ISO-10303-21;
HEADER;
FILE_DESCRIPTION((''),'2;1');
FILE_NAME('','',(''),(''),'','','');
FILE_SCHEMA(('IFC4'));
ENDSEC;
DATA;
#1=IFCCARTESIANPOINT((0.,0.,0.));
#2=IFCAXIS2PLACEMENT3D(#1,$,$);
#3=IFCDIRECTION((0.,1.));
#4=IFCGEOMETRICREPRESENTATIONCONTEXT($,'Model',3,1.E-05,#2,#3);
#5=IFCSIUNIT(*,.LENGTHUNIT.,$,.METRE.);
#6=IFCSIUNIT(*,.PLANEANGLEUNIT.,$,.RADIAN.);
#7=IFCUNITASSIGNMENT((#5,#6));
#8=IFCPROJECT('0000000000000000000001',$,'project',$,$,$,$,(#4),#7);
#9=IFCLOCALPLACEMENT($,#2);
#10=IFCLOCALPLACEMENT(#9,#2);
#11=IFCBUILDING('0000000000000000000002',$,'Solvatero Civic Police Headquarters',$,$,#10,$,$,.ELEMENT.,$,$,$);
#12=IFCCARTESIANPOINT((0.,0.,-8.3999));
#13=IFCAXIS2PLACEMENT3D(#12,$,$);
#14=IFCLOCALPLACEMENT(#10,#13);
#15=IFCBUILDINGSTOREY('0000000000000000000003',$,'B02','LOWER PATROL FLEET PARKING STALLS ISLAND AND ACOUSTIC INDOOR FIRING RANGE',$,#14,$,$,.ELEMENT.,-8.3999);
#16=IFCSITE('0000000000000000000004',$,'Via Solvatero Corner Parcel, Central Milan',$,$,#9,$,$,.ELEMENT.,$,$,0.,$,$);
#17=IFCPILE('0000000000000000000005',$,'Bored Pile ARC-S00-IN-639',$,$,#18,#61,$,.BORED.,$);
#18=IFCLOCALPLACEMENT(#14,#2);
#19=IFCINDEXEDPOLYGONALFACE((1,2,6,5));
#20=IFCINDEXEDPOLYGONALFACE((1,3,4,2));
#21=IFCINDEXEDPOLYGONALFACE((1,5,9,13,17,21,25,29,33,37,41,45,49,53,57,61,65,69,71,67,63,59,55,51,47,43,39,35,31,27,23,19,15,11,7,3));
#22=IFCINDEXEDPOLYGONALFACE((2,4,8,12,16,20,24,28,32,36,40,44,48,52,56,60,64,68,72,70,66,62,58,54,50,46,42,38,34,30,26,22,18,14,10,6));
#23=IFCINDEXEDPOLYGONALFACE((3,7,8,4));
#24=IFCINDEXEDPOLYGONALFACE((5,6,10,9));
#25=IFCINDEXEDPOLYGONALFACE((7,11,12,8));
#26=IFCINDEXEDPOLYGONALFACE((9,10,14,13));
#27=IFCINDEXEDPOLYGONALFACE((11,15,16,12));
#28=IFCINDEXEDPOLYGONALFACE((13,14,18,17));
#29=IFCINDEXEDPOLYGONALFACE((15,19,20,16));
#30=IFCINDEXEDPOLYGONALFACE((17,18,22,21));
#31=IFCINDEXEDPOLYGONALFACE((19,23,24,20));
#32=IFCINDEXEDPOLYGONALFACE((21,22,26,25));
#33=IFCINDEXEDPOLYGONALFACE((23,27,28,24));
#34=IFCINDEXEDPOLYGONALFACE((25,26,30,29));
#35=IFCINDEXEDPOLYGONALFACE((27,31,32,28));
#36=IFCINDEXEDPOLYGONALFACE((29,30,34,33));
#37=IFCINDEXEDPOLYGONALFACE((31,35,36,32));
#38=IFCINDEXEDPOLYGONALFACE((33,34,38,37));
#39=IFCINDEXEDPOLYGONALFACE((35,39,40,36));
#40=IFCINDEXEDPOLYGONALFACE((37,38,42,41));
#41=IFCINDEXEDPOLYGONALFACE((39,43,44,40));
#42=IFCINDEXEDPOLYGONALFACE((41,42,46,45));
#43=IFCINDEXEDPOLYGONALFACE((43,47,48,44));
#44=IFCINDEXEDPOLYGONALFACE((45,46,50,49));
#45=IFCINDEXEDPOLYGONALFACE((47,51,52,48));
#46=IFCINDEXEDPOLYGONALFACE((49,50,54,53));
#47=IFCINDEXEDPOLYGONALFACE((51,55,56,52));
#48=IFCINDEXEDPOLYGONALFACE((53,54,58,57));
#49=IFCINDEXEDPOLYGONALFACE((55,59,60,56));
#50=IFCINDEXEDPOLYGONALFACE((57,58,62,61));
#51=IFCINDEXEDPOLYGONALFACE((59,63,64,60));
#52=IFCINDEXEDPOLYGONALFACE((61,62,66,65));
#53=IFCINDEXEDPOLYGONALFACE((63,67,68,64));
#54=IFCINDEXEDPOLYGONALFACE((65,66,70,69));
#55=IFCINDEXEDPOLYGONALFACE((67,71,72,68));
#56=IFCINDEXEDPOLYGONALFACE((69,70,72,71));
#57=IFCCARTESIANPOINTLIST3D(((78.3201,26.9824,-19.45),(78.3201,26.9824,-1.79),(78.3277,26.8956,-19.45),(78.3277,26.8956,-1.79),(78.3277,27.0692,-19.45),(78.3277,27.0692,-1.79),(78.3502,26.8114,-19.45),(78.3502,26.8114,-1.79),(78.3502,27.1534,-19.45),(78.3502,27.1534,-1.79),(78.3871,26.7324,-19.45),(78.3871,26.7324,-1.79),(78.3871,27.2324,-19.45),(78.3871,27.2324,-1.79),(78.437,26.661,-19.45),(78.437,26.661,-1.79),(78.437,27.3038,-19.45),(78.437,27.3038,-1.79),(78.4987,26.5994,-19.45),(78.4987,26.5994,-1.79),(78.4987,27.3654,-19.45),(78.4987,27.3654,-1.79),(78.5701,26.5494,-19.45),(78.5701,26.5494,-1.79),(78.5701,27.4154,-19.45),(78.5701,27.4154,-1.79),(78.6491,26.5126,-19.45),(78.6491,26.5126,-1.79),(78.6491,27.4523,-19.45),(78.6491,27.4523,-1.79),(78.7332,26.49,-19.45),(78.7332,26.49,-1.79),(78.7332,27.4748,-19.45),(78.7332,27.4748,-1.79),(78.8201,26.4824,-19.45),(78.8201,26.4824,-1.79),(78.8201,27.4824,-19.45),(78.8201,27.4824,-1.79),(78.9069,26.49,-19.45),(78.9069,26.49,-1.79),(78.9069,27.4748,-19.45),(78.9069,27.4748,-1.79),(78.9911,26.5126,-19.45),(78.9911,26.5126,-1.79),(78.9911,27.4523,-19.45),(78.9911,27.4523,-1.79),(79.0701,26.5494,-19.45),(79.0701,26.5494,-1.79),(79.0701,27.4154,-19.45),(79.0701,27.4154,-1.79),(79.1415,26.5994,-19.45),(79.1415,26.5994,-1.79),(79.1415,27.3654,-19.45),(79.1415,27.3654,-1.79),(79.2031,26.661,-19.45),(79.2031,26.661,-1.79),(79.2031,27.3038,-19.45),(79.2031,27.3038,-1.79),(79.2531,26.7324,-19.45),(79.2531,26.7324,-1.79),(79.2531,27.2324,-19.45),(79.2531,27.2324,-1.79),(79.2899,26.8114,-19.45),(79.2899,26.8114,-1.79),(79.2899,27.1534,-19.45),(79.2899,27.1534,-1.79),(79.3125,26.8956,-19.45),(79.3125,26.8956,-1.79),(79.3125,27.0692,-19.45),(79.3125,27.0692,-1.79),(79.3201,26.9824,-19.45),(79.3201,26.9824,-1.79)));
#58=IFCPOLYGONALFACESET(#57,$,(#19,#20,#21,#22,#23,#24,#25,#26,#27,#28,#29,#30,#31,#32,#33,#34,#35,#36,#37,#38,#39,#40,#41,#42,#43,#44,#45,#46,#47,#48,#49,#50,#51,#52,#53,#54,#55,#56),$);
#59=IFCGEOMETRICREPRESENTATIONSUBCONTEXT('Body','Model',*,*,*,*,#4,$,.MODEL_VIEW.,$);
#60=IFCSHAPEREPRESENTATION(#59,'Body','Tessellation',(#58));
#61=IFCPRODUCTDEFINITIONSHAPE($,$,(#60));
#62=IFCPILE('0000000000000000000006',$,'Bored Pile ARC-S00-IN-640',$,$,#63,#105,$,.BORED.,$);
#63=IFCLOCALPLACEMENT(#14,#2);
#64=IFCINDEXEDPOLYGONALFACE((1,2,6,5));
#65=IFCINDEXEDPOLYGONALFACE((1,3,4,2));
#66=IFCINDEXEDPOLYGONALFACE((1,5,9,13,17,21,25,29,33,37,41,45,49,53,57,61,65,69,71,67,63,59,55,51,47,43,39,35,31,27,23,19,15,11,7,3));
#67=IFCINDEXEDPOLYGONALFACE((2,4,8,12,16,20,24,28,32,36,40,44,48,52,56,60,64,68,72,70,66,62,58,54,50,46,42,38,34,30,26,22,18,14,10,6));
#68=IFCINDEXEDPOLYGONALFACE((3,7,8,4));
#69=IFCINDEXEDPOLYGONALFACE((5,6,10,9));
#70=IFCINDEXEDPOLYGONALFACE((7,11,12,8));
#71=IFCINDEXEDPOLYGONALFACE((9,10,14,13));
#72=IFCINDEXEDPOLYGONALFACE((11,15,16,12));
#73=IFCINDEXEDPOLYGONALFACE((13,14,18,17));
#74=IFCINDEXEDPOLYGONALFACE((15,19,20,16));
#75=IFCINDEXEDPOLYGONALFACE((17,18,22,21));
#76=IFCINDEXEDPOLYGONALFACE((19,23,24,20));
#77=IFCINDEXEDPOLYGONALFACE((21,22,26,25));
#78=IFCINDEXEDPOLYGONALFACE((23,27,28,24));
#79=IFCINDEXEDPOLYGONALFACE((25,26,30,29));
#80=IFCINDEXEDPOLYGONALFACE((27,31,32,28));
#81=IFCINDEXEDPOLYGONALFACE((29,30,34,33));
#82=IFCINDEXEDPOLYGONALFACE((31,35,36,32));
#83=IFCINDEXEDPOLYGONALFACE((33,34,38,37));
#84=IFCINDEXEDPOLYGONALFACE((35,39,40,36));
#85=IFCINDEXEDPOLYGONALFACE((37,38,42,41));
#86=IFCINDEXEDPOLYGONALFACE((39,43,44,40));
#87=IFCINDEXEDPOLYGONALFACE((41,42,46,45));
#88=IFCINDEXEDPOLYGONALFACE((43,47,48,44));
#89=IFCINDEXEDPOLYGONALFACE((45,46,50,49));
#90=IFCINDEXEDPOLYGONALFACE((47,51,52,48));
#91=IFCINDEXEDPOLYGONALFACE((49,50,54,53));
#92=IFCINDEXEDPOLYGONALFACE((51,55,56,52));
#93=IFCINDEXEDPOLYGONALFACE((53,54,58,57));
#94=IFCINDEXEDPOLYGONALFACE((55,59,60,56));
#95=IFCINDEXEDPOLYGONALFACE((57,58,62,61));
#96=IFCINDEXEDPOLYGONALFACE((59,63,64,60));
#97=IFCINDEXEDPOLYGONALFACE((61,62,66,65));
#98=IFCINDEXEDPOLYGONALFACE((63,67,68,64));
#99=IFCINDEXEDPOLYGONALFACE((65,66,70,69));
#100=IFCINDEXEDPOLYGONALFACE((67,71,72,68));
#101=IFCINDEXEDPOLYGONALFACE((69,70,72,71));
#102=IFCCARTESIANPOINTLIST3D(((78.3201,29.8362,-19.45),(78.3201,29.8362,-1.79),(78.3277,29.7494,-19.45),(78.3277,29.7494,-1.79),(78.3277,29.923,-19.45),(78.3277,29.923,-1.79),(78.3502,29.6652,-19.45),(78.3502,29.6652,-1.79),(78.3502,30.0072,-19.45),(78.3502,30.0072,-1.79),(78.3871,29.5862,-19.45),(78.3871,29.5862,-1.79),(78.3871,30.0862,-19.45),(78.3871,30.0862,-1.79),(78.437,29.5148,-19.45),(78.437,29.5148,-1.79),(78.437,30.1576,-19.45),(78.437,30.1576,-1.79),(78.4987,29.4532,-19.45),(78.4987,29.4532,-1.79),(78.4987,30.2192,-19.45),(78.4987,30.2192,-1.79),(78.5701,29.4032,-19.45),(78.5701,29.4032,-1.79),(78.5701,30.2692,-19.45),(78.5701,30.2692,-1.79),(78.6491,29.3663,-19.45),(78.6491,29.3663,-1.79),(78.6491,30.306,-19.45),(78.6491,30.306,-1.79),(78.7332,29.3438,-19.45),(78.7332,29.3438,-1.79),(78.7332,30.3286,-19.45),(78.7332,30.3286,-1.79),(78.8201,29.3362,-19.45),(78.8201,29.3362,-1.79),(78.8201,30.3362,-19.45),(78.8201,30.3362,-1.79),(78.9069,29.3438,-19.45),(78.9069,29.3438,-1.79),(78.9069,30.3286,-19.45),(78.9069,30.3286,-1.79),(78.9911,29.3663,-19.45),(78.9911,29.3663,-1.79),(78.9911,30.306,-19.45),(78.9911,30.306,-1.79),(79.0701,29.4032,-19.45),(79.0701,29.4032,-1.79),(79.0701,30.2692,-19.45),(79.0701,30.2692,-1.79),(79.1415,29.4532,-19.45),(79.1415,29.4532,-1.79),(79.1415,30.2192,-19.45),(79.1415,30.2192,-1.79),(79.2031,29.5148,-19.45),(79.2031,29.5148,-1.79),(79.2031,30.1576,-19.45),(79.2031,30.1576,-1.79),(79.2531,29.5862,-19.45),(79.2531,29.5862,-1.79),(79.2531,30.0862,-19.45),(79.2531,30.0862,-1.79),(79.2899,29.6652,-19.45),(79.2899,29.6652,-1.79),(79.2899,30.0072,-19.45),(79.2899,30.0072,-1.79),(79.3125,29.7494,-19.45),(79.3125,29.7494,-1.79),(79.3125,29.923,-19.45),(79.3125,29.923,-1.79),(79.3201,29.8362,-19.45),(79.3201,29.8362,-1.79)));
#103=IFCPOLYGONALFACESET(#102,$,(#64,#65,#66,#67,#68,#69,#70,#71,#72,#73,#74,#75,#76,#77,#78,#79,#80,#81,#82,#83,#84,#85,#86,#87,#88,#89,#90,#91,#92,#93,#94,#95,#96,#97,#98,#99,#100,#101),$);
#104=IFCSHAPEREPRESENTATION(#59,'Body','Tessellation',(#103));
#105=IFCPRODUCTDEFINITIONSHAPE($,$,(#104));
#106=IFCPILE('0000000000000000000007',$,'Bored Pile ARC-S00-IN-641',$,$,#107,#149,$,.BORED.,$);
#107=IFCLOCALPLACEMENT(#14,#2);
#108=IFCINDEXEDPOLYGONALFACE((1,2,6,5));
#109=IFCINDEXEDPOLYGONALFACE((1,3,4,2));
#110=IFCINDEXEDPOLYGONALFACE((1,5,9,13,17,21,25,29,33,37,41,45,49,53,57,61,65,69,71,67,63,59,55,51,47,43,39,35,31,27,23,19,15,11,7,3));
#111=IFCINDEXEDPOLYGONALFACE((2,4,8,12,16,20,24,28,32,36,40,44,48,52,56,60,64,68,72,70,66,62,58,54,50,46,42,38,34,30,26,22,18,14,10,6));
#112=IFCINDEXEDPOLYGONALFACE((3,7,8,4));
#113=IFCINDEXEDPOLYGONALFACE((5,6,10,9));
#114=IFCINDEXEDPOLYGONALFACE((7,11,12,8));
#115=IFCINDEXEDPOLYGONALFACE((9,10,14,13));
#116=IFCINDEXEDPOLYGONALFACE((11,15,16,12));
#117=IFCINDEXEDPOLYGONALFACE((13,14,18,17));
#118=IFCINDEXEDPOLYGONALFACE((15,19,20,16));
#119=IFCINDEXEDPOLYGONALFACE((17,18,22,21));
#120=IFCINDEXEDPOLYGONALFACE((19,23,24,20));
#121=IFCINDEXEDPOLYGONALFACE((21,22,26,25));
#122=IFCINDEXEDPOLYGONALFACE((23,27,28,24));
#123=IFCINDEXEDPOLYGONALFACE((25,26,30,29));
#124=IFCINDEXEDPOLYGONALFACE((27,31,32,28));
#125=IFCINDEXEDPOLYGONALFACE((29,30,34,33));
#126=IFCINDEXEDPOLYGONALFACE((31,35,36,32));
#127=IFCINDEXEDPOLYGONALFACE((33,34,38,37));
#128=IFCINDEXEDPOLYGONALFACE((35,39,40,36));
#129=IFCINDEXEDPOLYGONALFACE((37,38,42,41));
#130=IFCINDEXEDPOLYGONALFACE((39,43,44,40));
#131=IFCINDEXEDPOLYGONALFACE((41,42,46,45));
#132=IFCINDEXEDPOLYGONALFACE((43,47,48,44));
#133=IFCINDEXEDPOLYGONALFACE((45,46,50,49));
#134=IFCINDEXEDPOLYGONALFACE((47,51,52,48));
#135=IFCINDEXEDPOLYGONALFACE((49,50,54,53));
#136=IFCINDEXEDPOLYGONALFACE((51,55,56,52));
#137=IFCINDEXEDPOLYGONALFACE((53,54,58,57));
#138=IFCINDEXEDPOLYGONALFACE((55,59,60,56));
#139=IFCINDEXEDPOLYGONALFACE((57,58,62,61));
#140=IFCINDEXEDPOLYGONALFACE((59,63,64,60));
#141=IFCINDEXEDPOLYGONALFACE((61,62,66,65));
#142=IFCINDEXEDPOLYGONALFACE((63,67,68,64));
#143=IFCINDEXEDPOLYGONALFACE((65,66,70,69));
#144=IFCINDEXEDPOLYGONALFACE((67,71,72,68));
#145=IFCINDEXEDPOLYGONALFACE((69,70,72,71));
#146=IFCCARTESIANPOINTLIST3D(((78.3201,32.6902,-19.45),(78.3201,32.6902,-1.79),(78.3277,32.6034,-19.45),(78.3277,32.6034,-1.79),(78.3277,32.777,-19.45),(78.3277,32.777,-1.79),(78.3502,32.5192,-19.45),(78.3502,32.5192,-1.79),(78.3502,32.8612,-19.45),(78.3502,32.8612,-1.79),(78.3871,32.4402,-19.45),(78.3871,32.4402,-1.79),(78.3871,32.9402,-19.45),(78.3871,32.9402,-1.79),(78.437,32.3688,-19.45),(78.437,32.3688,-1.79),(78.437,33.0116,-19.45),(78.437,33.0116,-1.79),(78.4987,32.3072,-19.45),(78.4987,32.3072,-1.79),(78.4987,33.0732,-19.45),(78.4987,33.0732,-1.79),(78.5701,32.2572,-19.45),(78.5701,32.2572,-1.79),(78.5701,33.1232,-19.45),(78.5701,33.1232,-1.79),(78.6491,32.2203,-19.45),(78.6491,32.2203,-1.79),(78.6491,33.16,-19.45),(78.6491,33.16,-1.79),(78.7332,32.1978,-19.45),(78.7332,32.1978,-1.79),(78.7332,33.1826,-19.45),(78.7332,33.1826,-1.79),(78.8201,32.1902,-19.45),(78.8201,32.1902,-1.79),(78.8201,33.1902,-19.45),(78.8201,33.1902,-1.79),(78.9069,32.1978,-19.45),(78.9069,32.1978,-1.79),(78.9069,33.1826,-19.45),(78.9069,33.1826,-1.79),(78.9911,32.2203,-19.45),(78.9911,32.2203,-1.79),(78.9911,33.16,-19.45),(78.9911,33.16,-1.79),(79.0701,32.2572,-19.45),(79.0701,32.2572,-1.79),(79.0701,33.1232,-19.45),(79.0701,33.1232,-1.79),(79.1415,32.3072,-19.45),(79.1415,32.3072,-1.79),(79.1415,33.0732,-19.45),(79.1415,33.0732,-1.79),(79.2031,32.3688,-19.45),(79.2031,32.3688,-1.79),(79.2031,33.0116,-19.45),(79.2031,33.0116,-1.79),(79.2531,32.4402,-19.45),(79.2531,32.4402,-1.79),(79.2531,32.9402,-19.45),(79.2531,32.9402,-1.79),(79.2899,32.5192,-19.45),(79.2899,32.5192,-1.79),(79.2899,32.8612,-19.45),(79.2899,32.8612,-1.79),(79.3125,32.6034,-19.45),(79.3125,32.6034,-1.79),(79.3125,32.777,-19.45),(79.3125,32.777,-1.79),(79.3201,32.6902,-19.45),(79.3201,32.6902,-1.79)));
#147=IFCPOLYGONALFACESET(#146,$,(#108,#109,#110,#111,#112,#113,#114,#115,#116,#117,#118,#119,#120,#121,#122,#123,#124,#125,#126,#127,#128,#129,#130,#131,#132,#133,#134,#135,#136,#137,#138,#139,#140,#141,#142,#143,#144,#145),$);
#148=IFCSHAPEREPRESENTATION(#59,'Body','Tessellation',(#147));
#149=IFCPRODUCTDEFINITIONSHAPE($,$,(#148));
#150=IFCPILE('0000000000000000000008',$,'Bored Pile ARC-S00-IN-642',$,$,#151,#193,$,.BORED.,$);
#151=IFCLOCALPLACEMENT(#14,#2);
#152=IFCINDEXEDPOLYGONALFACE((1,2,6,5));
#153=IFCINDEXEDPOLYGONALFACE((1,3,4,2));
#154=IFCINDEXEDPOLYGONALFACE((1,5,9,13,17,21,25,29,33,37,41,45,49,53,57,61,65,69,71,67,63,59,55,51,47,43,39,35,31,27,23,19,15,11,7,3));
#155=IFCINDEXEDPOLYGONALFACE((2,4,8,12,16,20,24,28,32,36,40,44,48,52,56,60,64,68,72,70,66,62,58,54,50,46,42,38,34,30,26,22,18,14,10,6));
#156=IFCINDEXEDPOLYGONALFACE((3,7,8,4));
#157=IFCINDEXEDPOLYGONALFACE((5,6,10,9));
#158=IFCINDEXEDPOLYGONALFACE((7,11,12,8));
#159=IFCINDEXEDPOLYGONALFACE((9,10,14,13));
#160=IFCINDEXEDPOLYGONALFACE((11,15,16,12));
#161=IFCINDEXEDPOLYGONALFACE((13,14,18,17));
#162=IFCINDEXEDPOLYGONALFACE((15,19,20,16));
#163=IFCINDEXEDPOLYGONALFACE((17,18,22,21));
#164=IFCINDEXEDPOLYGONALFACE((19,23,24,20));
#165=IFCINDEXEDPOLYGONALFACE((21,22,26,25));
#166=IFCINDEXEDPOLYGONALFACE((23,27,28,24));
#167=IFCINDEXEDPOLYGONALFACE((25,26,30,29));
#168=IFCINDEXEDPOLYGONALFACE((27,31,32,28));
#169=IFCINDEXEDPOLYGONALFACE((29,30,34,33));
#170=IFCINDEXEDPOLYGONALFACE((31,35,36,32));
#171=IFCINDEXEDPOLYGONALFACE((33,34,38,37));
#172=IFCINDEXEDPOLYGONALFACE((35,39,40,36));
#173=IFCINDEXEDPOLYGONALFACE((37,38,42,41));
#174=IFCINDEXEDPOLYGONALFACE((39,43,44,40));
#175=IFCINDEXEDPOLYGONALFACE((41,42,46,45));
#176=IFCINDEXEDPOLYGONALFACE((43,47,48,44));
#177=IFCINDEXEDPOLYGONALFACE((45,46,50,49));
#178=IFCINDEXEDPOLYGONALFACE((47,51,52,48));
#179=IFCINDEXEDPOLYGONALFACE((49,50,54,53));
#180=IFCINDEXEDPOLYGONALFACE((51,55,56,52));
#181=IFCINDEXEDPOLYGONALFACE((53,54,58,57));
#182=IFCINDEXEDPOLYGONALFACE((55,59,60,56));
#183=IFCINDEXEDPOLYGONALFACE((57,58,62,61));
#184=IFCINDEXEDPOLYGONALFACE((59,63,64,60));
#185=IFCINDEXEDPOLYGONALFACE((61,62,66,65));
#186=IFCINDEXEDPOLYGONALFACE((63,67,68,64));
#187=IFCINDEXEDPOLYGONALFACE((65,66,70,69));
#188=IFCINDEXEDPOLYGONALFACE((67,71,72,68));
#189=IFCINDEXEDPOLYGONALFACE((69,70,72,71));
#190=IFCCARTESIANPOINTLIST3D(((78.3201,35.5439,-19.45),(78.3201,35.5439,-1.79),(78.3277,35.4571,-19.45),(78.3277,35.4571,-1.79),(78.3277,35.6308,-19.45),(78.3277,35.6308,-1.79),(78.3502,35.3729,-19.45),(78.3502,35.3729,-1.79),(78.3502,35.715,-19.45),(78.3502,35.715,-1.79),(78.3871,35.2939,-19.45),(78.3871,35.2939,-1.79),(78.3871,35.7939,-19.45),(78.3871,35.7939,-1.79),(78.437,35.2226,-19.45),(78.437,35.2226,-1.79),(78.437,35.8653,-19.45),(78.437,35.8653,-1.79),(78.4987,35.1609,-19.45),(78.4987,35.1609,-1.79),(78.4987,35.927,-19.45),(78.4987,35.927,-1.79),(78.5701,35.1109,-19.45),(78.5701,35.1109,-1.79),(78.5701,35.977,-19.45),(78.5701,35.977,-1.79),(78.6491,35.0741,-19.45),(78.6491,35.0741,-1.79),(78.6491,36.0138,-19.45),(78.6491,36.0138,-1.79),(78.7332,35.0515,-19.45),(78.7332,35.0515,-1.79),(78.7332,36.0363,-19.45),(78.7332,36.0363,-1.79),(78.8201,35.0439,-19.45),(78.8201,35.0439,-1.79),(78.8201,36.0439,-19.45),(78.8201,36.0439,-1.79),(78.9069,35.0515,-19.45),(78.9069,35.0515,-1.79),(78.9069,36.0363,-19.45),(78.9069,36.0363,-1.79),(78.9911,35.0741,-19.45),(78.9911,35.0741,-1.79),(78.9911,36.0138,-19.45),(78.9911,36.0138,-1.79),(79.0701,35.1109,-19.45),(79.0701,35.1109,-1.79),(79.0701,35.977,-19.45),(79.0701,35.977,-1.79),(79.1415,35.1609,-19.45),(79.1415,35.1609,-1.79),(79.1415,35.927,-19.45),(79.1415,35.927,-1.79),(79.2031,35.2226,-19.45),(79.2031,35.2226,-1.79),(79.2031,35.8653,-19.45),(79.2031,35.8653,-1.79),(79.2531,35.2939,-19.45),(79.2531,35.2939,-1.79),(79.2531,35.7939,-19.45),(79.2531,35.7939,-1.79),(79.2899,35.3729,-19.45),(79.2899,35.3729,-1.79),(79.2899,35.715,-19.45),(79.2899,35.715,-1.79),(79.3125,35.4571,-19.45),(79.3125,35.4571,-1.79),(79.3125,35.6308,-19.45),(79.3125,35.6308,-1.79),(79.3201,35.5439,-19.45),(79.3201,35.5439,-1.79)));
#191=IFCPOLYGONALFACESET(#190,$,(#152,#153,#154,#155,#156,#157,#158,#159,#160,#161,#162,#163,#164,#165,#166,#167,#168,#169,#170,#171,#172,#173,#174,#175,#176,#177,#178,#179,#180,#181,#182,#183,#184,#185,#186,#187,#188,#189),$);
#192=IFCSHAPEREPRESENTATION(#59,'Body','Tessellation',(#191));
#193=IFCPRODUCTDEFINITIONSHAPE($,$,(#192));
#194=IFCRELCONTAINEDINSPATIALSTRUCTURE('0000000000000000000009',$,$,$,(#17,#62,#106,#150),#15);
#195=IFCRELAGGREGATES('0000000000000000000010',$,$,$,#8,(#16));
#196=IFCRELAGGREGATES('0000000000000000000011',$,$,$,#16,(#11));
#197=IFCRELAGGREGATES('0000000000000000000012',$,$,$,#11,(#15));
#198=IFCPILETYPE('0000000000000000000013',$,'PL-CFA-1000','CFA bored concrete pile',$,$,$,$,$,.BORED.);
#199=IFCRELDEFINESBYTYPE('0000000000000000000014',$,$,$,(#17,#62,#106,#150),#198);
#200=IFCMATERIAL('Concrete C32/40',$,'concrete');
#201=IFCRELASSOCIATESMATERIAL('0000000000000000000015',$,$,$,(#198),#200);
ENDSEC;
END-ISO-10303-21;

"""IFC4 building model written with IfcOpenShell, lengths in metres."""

from ifc_helpers import new_model, si_unit, direction, frame, origin, origin_2d, place, context, subcontext, project, spatial, circle, extrude, material, material_profile, profile_set, type_object, element, save


model = new_model("IFC4")

# Units and contexts
model_context = context("Model", 3, precision=1e-05, world=origin(), true_north=direction((0.0, 1.0)))
body_context = subcontext(model_context, "Body", "Model", "MODEL_VIEW")
ifc_project = project(units=[si_unit("LENGTHUNIT", "METRE"), si_unit("PLANEANGLEUNIT", "RADIAN")], contexts=[model_context])

# Site, building, storey
site_placement = place(None, origin())
site = spatial("IfcSite", under=ifc_project, at=site_placement, Name="Via Solvatero Corner Parcel, Central Milan", CompositionType="ELEMENT", RefElevation=0.0)
building_placement = place(site_placement, origin())
building = spatial("IfcBuilding", under=site, at=building_placement, Name="Solvatero Civic Police Headquarters", CompositionType="ELEMENT")
storey_placement = place(building_placement, frame((0.0, 0.0, -8.3999)))
storey = spatial("IfcBuildingStorey", under=building, at=storey_placement, Name="B02", Description="LOWER PATROL FLEET PARKING STALLS ISLAND AND ACOUSTIC INDOOR FIRING RANGE", CompositionType="ELEMENT", Elevation=-8.3999)

# Piles
ifc_material_1 = material(Name="Concrete C32/40", Category="concrete")
ifc_material_profile_1 = material_profile(ifc_material_1, circle(Radius=0.5, at=origin_2d()), Name="CFA PILE D1000")
ifc_profile_set_1 = profile_set([ifc_material_profile_1], Name="Concrete C32/40")
pile_type = type_object("IfcPileType", Name="PL-CFA-1000", Description="CFA bored concrete pile", PredefinedType="BORED", material=ifc_profile_set_1)
for number, where, z_axis, x_axis, name in (
    (1, (78.8201, 26.9824, -1.79), (0.0, 0.0, -1.0), (1.0, 0.0, 0.0), "Bored Pile ARC-S00-IN-639"),
    (2, (78.8201, 29.8362, -1.79), (0.0, 0.0, -1.0), (1.0, 0.0, 0.0), "Bored Pile ARC-S00-IN-640"),
    (3, (78.8201, 32.6902, -1.79), (0.0, 0.0, -1.0), (1.0, 0.0, 0.0), "Bored Pile ARC-S00-IN-641"),
    (4, (78.8201, 35.5439, -1.79), (0.0, 0.0, -1.0), (1.0, 0.0, 0.0), "Bored Pile ARC-S00-IN-642"),
):
    element("IfcPile", number, at=place(storey_placement, frame(where, z_axis=z_axis, x_axis=x_axis)), inside=storey, type_object=pile_type, Name=name, PredefinedType="BORED", context=body_context, shape_type="SweptSolid", body=[
        extrude(circle(Radius=0.5, at=origin_2d()), origin(), (0.0, 0.0, 1.0), 17.6599),
    ])

save(model, "model.ifc")
